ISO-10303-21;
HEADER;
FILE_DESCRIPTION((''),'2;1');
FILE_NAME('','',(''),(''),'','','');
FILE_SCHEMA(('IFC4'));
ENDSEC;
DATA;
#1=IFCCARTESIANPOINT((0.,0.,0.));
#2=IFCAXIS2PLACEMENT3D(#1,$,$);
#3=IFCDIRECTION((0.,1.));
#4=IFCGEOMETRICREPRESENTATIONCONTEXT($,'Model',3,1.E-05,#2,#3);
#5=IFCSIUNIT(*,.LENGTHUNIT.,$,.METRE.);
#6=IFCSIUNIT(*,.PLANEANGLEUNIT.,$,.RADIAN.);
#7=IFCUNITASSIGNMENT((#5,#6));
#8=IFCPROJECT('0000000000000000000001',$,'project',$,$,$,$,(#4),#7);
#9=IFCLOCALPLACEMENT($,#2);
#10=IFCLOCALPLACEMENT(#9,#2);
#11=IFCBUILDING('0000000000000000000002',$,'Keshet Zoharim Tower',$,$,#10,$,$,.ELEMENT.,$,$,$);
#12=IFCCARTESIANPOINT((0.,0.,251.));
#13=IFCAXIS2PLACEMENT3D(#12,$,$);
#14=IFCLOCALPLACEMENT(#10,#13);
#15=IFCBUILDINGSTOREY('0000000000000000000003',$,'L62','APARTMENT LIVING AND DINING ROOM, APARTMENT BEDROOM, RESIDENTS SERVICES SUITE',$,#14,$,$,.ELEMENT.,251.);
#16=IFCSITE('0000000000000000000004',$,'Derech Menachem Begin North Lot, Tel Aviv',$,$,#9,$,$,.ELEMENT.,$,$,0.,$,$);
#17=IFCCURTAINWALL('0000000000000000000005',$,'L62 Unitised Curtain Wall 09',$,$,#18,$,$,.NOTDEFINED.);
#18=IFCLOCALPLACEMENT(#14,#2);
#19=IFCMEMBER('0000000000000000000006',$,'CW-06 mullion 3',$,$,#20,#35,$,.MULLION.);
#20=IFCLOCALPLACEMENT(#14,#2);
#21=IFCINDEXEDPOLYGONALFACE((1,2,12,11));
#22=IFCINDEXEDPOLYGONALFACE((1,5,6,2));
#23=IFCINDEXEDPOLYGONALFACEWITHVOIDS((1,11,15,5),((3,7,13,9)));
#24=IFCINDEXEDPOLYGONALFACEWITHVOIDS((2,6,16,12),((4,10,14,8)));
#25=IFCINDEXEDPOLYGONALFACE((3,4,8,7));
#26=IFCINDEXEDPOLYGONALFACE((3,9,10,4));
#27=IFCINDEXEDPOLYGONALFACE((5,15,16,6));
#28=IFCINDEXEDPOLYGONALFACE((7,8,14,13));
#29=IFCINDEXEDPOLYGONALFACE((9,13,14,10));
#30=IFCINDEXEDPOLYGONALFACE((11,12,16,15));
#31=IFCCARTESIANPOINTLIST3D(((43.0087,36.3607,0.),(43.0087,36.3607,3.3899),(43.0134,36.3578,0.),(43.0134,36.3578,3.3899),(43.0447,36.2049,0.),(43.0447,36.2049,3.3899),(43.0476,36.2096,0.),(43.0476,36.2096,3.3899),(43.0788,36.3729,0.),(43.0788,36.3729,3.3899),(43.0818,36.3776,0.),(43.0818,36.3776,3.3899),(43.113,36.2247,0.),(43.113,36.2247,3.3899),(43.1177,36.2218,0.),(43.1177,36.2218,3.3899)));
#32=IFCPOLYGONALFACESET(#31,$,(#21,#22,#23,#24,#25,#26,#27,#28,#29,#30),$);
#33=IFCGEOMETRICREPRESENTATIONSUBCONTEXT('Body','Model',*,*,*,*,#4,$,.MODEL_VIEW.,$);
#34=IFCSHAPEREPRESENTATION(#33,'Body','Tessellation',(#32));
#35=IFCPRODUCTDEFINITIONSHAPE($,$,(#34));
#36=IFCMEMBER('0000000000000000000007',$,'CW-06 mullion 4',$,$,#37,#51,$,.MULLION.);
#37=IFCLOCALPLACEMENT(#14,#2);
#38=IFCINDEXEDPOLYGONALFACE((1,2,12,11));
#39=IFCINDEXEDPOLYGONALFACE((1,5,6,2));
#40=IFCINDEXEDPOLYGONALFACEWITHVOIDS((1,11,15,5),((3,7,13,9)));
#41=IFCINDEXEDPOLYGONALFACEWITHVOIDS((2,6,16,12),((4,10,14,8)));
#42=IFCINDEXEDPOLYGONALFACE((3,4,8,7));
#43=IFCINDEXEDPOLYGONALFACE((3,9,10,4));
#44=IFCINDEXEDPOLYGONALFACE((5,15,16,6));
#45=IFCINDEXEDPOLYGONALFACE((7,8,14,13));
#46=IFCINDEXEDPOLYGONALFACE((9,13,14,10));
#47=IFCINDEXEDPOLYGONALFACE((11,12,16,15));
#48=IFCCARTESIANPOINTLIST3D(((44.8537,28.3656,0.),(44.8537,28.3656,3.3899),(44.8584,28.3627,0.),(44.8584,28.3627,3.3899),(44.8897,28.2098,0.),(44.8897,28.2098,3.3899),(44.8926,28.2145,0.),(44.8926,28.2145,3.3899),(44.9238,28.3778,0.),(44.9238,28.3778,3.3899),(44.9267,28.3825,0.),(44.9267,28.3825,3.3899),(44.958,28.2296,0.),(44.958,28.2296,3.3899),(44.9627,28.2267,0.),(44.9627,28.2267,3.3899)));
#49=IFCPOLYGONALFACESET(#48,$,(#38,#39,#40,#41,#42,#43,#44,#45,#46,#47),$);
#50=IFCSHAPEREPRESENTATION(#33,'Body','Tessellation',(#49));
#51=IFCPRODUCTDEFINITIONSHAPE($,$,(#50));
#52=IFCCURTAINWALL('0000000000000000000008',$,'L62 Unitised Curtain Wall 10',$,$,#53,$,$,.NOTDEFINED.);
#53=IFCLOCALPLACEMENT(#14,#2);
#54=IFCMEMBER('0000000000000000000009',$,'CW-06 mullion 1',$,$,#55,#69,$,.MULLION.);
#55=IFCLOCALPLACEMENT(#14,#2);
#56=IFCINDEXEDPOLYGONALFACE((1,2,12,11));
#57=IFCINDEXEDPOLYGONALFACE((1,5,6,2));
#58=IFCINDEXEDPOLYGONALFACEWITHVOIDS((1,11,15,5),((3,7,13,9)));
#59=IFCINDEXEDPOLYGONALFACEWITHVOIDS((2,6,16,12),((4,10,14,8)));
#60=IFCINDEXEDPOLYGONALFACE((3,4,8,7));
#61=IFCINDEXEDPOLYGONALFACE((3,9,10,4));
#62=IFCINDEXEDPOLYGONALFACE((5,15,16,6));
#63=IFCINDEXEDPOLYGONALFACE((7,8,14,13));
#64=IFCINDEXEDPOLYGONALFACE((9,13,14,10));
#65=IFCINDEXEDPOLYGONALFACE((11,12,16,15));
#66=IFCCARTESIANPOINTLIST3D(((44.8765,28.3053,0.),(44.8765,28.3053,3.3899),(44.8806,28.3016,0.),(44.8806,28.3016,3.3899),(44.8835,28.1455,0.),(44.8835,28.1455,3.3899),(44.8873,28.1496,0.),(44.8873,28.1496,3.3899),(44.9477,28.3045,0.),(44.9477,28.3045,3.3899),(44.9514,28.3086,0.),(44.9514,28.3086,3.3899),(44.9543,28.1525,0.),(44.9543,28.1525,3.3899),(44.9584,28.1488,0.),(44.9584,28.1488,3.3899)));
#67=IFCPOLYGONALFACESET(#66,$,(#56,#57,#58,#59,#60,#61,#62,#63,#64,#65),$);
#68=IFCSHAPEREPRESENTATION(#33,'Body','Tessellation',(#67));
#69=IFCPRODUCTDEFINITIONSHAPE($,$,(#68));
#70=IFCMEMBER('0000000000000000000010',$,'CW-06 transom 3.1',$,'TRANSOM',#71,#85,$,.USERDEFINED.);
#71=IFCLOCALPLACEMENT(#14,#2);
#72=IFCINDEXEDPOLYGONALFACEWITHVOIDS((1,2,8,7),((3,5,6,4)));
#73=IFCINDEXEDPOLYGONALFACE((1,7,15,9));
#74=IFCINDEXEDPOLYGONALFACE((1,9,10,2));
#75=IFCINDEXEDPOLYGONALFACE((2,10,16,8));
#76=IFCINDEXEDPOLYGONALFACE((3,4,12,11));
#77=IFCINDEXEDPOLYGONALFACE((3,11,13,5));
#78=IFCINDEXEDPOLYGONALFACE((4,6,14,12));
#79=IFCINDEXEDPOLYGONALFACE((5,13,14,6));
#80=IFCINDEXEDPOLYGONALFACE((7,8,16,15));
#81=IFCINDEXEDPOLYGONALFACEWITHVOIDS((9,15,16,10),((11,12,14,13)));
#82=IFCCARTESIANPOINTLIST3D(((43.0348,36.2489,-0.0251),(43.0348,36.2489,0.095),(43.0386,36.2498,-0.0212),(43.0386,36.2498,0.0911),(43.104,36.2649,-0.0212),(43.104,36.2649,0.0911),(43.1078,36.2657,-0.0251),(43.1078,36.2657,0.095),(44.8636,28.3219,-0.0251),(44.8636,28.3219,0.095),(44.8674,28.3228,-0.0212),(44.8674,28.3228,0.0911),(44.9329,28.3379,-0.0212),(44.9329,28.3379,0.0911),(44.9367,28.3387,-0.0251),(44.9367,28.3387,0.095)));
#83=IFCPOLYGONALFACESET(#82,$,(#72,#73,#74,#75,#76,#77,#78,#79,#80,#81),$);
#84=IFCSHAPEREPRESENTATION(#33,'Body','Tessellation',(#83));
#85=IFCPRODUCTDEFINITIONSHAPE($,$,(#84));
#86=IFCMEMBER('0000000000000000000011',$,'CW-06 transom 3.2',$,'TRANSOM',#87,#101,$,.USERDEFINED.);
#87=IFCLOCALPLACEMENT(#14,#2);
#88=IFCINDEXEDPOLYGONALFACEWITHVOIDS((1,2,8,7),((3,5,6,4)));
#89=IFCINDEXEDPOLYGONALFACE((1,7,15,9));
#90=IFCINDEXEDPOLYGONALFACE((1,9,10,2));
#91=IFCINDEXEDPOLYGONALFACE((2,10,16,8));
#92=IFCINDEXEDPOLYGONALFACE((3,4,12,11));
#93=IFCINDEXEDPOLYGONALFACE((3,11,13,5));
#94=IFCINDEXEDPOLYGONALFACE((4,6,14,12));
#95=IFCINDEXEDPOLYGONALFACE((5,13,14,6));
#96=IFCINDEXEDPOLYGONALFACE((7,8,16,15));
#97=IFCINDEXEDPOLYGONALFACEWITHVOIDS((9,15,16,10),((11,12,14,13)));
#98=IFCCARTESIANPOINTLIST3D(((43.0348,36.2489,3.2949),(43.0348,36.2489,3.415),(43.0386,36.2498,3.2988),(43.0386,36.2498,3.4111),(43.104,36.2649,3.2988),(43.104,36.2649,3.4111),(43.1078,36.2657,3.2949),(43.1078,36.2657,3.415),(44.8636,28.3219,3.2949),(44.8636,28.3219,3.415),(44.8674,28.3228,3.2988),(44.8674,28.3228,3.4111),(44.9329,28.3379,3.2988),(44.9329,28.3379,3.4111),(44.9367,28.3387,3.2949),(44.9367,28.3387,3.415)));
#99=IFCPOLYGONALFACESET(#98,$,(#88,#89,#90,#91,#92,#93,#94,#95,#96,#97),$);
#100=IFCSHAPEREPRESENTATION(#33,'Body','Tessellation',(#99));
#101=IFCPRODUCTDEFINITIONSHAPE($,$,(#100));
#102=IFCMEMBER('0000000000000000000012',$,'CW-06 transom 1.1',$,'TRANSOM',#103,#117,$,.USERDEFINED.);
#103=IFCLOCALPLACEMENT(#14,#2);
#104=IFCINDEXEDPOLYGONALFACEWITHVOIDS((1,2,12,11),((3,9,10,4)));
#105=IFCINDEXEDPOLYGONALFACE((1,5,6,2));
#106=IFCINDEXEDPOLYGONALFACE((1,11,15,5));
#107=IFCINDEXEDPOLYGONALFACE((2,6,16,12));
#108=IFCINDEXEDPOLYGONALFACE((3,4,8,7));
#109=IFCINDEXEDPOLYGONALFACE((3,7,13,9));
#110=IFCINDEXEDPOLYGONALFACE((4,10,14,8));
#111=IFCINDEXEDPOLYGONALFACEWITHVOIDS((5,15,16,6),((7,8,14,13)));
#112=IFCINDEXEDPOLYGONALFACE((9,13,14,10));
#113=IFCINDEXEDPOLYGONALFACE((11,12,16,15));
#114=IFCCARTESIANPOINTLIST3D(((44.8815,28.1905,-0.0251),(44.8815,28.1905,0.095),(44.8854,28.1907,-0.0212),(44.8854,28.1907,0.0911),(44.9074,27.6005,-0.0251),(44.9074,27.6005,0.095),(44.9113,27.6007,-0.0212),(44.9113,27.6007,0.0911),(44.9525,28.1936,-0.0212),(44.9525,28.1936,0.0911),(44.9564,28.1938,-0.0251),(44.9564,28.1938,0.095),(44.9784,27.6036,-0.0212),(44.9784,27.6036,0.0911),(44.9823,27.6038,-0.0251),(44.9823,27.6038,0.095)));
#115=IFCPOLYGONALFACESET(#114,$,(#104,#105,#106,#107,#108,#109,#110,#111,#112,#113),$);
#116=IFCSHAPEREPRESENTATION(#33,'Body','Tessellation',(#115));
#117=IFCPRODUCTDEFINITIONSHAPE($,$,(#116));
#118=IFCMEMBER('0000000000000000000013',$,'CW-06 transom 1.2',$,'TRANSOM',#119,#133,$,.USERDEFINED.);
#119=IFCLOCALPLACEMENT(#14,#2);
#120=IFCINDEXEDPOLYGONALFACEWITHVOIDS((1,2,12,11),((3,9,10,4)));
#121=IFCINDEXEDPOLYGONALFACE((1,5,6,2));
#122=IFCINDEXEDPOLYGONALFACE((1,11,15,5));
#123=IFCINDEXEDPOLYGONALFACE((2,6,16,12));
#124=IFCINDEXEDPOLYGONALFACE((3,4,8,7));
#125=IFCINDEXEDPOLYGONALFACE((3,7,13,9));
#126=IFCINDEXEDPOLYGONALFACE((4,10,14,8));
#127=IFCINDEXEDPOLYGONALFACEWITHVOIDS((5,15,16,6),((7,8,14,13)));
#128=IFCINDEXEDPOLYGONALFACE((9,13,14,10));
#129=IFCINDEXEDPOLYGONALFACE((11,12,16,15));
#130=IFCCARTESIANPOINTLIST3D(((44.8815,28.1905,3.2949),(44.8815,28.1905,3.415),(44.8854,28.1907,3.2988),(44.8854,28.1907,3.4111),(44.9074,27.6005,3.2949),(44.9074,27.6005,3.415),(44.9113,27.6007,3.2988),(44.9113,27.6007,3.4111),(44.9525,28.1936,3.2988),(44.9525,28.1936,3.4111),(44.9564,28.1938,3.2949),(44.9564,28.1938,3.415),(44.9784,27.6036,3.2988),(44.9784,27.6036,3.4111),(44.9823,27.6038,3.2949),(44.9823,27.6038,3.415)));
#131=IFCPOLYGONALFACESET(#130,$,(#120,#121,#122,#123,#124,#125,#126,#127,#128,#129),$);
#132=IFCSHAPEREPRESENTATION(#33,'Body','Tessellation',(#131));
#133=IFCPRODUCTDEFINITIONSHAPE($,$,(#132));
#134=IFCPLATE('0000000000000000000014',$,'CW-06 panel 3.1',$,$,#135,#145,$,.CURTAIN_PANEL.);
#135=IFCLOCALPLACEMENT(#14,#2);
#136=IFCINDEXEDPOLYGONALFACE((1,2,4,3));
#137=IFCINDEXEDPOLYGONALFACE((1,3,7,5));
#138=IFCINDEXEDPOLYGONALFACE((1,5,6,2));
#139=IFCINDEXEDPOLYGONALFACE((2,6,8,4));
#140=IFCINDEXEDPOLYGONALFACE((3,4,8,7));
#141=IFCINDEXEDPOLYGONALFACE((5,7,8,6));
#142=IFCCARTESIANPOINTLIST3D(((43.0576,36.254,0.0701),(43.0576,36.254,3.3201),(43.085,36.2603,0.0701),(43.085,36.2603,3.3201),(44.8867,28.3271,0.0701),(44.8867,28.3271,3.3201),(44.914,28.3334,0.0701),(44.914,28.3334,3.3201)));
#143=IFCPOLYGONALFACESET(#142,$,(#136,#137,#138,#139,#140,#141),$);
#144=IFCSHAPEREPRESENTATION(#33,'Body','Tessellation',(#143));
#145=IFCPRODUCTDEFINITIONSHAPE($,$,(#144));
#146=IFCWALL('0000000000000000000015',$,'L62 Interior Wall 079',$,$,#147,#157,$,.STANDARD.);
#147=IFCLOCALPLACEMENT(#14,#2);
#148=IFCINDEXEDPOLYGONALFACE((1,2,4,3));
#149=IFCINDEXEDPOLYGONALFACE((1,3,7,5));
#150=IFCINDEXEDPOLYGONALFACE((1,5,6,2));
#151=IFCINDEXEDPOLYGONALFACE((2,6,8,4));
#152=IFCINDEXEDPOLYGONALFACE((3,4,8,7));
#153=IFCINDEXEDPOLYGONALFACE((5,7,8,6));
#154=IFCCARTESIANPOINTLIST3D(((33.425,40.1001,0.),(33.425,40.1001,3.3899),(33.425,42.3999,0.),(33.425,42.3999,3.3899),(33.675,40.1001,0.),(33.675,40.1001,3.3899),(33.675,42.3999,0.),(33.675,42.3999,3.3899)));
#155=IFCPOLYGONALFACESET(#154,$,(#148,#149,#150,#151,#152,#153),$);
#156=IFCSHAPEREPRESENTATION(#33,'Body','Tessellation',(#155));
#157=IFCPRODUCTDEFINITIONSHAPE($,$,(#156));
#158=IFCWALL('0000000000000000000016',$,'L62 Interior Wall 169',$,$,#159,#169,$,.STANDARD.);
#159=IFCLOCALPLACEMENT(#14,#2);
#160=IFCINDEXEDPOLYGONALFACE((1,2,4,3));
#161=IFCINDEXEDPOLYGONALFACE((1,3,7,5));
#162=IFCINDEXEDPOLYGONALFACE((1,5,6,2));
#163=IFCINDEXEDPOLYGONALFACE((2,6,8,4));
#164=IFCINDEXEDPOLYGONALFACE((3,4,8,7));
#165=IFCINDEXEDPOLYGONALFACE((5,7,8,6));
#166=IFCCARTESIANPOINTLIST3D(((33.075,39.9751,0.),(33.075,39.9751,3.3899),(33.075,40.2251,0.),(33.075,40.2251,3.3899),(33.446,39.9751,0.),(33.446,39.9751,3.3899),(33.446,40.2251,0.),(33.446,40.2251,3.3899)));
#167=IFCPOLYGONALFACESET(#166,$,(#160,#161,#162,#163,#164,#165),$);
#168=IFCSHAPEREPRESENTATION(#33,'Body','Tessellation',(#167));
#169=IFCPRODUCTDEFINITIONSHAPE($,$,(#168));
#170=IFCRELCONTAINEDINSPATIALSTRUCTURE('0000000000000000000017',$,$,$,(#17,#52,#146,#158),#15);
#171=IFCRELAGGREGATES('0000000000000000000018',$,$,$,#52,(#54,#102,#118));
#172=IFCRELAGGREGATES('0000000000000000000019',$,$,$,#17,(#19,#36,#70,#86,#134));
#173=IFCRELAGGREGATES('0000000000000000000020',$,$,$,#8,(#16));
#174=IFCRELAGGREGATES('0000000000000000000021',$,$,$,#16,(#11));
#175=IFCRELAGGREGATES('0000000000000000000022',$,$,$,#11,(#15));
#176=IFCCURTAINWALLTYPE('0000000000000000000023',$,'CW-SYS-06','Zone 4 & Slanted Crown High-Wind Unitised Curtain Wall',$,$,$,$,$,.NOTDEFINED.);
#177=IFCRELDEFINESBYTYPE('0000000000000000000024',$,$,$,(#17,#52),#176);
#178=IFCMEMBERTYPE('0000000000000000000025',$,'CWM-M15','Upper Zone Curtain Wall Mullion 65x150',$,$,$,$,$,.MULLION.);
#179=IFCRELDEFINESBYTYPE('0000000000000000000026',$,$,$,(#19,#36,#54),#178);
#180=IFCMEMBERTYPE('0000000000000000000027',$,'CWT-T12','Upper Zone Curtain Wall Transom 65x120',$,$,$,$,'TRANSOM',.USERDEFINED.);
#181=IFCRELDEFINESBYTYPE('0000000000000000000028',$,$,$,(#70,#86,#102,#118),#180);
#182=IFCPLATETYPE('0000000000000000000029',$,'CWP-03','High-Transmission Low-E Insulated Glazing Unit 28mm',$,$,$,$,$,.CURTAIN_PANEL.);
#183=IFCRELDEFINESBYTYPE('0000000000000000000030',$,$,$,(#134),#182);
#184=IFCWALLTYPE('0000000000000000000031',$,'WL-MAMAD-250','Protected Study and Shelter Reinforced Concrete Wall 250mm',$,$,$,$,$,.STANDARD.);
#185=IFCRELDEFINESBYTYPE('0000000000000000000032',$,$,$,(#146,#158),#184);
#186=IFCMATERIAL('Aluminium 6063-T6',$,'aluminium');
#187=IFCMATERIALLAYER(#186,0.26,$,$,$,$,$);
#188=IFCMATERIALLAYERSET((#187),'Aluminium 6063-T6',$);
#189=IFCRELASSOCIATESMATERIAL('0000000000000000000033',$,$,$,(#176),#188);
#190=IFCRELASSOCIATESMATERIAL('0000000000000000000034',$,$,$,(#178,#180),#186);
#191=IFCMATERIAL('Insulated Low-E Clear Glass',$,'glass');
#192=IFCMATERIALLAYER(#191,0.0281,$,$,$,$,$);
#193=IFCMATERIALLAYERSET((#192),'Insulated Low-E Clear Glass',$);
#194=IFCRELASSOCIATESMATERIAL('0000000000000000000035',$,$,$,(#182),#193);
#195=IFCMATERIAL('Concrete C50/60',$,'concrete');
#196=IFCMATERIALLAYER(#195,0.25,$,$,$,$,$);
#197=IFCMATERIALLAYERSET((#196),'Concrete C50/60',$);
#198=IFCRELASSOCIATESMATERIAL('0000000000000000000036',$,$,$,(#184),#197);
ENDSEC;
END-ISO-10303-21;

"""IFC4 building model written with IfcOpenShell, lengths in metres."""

from ifc_helpers import new_model, si_unit, direction, frame, frame_2d, origin, origin_2d, place, context, subcontext, project, spatial, rectangle, hollow_rectangle, extrude, material, layer, layer_set, material_profile, profile_set, type_object, element, aggregate, save


model = new_model("IFC4")

# Units and contexts
model_context = context("Model", 3, precision=1e-05, world=origin(), true_north=direction((0.0, 1.0)))
body_context = subcontext(model_context, "Body", "Model", "MODEL_VIEW")
ifc_project = project(units=[si_unit("LENGTHUNIT", "METRE"), si_unit("PLANEANGLEUNIT", "RADIAN")], contexts=[model_context])

# Site, building, storey
site_placement = place(None, origin())
site = spatial("IfcSite", under=ifc_project, at=site_placement, Name="Derech Menachem Begin North Lot, Tel Aviv", CompositionType="ELEMENT", RefElevation=0.0)
building_placement = place(site_placement, origin())
building = spatial("IfcBuilding", under=site, at=building_placement, Name="Keshet Zoharim Tower", CompositionType="ELEMENT")
storey_placement = place(building_placement, frame((0.0, 0.0, 251.0)))
storey = spatial("IfcBuildingStorey", under=building, at=storey_placement, Name="L62", Description="APARTMENT LIVING AND DINING ROOM, APARTMENT BEDROOM, RESIDENTS SERVICES SUITE", CompositionType="ELEMENT", Elevation=251.0)

# Curtain wall, members
ifc_material_1 = material(Name="Aluminium 6063-T6", Category="aluminium")
ifc_layer_1 = layer(ifc_material_1, 0.26)
ifc_layer_set_1 = layer_set([ifc_layer_1], Name="Aluminium 6063-T6")
curtain_wall_type = type_object("IfcCurtainWallType", Name="CW-SYS-06", Description="Zone 4 & Slanted Crown High-Wind Unitised Curtain Wall", PredefinedType="NOTDEFINED", material=ifc_layer_set_1)
curtain_wall_1_placement = place(storey_placement, origin())
curtain_wall_1 = element("IfcCurtainWall", 1, at=curtain_wall_1_placement, inside=storey, type_object=curtain_wall_type, Name="L62 Unitised Curtain Wall 09", PredefinedType="NOTDEFINED")
ifc_material_profile_1 = material_profile(ifc_material_1, hollow_rectangle(XDim=0.075, YDim=0.1599, WallThickness=0.0039, at=origin_2d()), Name="MUL-75x160")
ifc_profile_set_1 = profile_set([ifc_material_profile_1], Name="Aluminium 6063-T6")
member_type_1 = type_object("IfcMemberType", Name="CWM-M15", Description="Upper Zone Curtain Wall Mullion 65x150", PredefinedType="MULLION", material=ifc_profile_set_1)
member_1_placement = place(storey_placement, frame((43.0632, 36.2913, 0.0), z_axis=(0.0, 0.0, 1.0), x_axis=(0.974398, 0.22483, 0.0)))
member_1 = element("IfcMember", 2, at=member_1_placement, type_object=member_type_1, Name="CW-06 mullion 3", PredefinedType="MULLION", context=body_context, shape_type="SweptSolid", body=[
    extrude(hollow_rectangle(XDim=0.075, YDim=0.1599, WallThickness=0.0039, at=origin_2d()), origin(), (0.0, 0.0, 1.0), 3.3899),
])
member_2_placement = place(storey_placement, frame((44.9082, 28.2961, 0.0), z_axis=(0.0, 0.0, 1.0), x_axis=(0.974398, 0.22483, 0.0)))
member_2 = element("IfcMember", 3, at=member_2_placement, type_object=member_type_1, Name="CW-06 mullion 4", PredefinedType="MULLION", context=body_context, shape_type="SweptSolid", body=[
    extrude(hollow_rectangle(XDim=0.075, YDim=0.1599, WallThickness=0.0039, at=origin_2d()), origin(), (0.0, 0.0, 1.0), 3.3899),
])

# Curtain wall, member
curtain_wall_2_placement = place(storey_placement, origin())
curtain_wall_2 = element("IfcCurtainWall", 4, at=curtain_wall_2_placement, inside=storey, type_object=curtain_wall_type, Name="L62 Unitised Curtain Wall 10", PredefinedType="NOTDEFINED")
member_3_placement = place(storey_placement, frame((44.9175, 28.2271, 0.0), z_axis=(0.0, 0.0, 1.0), x_axis=(0.999041, 0.043794, 0.0)))
member_3 = element("IfcMember", 5, at=member_3_placement, type_object=member_type_1, Name="CW-06 mullion 1", PredefinedType="MULLION", context=body_context, shape_type="SweptSolid", body=[
    extrude(hollow_rectangle(XDim=0.075, YDim=0.1599, WallThickness=0.0039, at=origin_2d()), origin(), (0.0, 0.0, 1.0), 3.3899),
])

# Members
ifc_material_profile_2 = material_profile(ifc_material_1, hollow_rectangle(XDim=0.075, YDim=0.1201, WallThickness=0.0039, at=origin_2d()), Name="TRN-75x120")
ifc_profile_set_2 = profile_set([ifc_material_profile_2], Name="Aluminium 6063-T6")
member_type_2 = type_object("IfcMemberType", Name="CWT-T12", Description="Upper Zone Curtain Wall Transom 65x120", ElementType="TRANSOM", PredefinedType="USERDEFINED", material=ifc_profile_set_2)
member_4_placement = place(storey_placement, frame((43.0713, 36.2573, 0.0349), z_axis=(0.224807, -0.974403, 0.0), x_axis=(0.974403, 0.224807, 0.0)))
member_4 = element("IfcMember", 6, at=member_4_placement, type_object=member_type_2, Name="CW-06 transom 3.1", ObjectType="TRANSOM", PredefinedType="USERDEFINED", context=body_context, shape_type="SweptSolid", body=[
    extrude(hollow_rectangle(XDim=0.075, YDim=0.1201, WallThickness=0.0039, at=origin_2d()), origin(), (0.0, 0.0, 1.0), 8.1353),
])
member_5_placement = place(storey_placement, frame((43.0713, 36.2573, 3.355), z_axis=(0.224807, -0.974403, 0.0), x_axis=(0.974403, 0.224807, 0.0)))
member_5 = element("IfcMember", 7, at=member_5_placement, type_object=member_type_2, Name="CW-06 transom 3.2", ObjectType="TRANSOM", PredefinedType="USERDEFINED", context=body_context, shape_type="SweptSolid", body=[
    extrude(hollow_rectangle(XDim=0.075, YDim=0.1201, WallThickness=0.0039, at=origin_2d()), origin(), (0.0, 0.0, 1.0), 8.1353),
])
member_6_placement = place(storey_placement, frame((44.9189, 28.1921, 0.0349), z_axis=(0.043814, -0.99904, 0.0), x_axis=(0.99904, 0.043814, 0.0)))
member_6 = element("IfcMember", 8, at=member_6_placement, type_object=member_type_2, Name="CW-06 transom 1.1", ObjectType="TRANSOM", PredefinedType="USERDEFINED", context=body_context, shape_type="SweptSolid", body=[
    extrude(hollow_rectangle(XDim=0.075, YDim=0.1201, WallThickness=0.0039, at=origin_2d()), origin(), (0.0, 0.0, 1.0), 0.5906),
])
member_7_placement = place(storey_placement, frame((44.9189, 28.1921, 3.355), z_axis=(0.043814, -0.99904, 0.0), x_axis=(0.99904, 0.043814, 0.0)))
member_7 = element("IfcMember", 9, at=member_7_placement, type_object=member_type_2, Name="CW-06 transom 1.2", ObjectType="TRANSOM", PredefinedType="USERDEFINED", context=body_context, shape_type="SweptSolid", body=[
    extrude(hollow_rectangle(XDim=0.075, YDim=0.1201, WallThickness=0.0039, at=origin_2d()), origin(), (0.0, 0.0, 1.0), 0.5906),
])
aggregate(curtain_wall_2, [member_3, member_6, member_7])

# Plate
ifc_material_2 = material(Name="Insulated Low-E Clear Glass", Category="glass")
ifc_layer_2 = layer(ifc_material_2, 0.0281)
ifc_layer_set_2 = layer_set([ifc_layer_2], Name="Insulated Low-E Clear Glass")
plate_type = type_object("IfcPlateType", Name="CWP-03", Description="High-Transmission Low-E Insulated Glazing Unit 28mm", PredefinedType="CURTAIN_PANEL", material=ifc_layer_set_2)
plate_placement = place(storey_placement, frame((43.9858, 32.2937, 0.0701), z_axis=(0.0, 0.0, 1.0), x_axis=(0.22483, -0.974398, 0.0)))
plate = element("IfcPlate", 10, at=plate_placement, type_object=plate_type, Name="CW-06 panel 3.1", PredefinedType="CURTAIN_PANEL", context=body_context, shape_type="SweptSolid", body=[
    extrude(rectangle(XDim=8.1353, YDim=0.0281, at=origin_2d()), origin(), (0.0, 0.0, 1.0), 3.25),
])
aggregate(curtain_wall_1, [member_1, member_2, member_4, member_5, plate])

# Walls
ifc_material_3 = material(Name="Concrete C50/60", Category="concrete")
ifc_layer_3 = layer(ifc_material_3, 0.25)
ifc_layer_set_3 = layer_set([ifc_layer_3], Name="Concrete C50/60")
wall_type_1 = type_object("IfcWallType", Name="WL-MAMAD-250", Description="Protected Study and Shelter Reinforced Concrete Wall 250mm", PredefinedType="STANDARD", material=ifc_layer_set_3)
wall_1_placement = place(storey_placement, frame((33.55, 40.1001, 0.0), z_axis=(0.0, 0.0, 1.0), x_axis=(0.0, 1.0, 0.0)))
element("IfcWall", 11, at=wall_1_placement, inside=storey, type_object=wall_type_1, Name="L62 Interior Wall 079", PredefinedType="STANDARD", context=body_context, shape_type="SweptSolid", body=[
    extrude(rectangle(XDim=2.2998, YDim=0.25, at=frame_2d((1.1499, 0.0))), origin(), (0.0, 0.0, 1.0), 3.3899),
])
wall_2_placement = place(storey_placement, frame((33.075, 40.1001, 0.0), z_axis=(0.0, 0.0, 1.0), x_axis=(1.0, 0.0, 0.0)))
element("IfcWall", 12, at=wall_2_placement, inside=storey, type_object=wall_type_1, Name="L62 Interior Wall 169", PredefinedType="STANDARD", context=body_context, shape_type="SweptSolid", body=[
    extrude(rectangle(XDim=0.3711, YDim=0.25, at=frame_2d((0.1855, 0.0))), origin(), (0.0, 0.0, 1.0), 3.3899),
])

save(model, "model.ifc")
